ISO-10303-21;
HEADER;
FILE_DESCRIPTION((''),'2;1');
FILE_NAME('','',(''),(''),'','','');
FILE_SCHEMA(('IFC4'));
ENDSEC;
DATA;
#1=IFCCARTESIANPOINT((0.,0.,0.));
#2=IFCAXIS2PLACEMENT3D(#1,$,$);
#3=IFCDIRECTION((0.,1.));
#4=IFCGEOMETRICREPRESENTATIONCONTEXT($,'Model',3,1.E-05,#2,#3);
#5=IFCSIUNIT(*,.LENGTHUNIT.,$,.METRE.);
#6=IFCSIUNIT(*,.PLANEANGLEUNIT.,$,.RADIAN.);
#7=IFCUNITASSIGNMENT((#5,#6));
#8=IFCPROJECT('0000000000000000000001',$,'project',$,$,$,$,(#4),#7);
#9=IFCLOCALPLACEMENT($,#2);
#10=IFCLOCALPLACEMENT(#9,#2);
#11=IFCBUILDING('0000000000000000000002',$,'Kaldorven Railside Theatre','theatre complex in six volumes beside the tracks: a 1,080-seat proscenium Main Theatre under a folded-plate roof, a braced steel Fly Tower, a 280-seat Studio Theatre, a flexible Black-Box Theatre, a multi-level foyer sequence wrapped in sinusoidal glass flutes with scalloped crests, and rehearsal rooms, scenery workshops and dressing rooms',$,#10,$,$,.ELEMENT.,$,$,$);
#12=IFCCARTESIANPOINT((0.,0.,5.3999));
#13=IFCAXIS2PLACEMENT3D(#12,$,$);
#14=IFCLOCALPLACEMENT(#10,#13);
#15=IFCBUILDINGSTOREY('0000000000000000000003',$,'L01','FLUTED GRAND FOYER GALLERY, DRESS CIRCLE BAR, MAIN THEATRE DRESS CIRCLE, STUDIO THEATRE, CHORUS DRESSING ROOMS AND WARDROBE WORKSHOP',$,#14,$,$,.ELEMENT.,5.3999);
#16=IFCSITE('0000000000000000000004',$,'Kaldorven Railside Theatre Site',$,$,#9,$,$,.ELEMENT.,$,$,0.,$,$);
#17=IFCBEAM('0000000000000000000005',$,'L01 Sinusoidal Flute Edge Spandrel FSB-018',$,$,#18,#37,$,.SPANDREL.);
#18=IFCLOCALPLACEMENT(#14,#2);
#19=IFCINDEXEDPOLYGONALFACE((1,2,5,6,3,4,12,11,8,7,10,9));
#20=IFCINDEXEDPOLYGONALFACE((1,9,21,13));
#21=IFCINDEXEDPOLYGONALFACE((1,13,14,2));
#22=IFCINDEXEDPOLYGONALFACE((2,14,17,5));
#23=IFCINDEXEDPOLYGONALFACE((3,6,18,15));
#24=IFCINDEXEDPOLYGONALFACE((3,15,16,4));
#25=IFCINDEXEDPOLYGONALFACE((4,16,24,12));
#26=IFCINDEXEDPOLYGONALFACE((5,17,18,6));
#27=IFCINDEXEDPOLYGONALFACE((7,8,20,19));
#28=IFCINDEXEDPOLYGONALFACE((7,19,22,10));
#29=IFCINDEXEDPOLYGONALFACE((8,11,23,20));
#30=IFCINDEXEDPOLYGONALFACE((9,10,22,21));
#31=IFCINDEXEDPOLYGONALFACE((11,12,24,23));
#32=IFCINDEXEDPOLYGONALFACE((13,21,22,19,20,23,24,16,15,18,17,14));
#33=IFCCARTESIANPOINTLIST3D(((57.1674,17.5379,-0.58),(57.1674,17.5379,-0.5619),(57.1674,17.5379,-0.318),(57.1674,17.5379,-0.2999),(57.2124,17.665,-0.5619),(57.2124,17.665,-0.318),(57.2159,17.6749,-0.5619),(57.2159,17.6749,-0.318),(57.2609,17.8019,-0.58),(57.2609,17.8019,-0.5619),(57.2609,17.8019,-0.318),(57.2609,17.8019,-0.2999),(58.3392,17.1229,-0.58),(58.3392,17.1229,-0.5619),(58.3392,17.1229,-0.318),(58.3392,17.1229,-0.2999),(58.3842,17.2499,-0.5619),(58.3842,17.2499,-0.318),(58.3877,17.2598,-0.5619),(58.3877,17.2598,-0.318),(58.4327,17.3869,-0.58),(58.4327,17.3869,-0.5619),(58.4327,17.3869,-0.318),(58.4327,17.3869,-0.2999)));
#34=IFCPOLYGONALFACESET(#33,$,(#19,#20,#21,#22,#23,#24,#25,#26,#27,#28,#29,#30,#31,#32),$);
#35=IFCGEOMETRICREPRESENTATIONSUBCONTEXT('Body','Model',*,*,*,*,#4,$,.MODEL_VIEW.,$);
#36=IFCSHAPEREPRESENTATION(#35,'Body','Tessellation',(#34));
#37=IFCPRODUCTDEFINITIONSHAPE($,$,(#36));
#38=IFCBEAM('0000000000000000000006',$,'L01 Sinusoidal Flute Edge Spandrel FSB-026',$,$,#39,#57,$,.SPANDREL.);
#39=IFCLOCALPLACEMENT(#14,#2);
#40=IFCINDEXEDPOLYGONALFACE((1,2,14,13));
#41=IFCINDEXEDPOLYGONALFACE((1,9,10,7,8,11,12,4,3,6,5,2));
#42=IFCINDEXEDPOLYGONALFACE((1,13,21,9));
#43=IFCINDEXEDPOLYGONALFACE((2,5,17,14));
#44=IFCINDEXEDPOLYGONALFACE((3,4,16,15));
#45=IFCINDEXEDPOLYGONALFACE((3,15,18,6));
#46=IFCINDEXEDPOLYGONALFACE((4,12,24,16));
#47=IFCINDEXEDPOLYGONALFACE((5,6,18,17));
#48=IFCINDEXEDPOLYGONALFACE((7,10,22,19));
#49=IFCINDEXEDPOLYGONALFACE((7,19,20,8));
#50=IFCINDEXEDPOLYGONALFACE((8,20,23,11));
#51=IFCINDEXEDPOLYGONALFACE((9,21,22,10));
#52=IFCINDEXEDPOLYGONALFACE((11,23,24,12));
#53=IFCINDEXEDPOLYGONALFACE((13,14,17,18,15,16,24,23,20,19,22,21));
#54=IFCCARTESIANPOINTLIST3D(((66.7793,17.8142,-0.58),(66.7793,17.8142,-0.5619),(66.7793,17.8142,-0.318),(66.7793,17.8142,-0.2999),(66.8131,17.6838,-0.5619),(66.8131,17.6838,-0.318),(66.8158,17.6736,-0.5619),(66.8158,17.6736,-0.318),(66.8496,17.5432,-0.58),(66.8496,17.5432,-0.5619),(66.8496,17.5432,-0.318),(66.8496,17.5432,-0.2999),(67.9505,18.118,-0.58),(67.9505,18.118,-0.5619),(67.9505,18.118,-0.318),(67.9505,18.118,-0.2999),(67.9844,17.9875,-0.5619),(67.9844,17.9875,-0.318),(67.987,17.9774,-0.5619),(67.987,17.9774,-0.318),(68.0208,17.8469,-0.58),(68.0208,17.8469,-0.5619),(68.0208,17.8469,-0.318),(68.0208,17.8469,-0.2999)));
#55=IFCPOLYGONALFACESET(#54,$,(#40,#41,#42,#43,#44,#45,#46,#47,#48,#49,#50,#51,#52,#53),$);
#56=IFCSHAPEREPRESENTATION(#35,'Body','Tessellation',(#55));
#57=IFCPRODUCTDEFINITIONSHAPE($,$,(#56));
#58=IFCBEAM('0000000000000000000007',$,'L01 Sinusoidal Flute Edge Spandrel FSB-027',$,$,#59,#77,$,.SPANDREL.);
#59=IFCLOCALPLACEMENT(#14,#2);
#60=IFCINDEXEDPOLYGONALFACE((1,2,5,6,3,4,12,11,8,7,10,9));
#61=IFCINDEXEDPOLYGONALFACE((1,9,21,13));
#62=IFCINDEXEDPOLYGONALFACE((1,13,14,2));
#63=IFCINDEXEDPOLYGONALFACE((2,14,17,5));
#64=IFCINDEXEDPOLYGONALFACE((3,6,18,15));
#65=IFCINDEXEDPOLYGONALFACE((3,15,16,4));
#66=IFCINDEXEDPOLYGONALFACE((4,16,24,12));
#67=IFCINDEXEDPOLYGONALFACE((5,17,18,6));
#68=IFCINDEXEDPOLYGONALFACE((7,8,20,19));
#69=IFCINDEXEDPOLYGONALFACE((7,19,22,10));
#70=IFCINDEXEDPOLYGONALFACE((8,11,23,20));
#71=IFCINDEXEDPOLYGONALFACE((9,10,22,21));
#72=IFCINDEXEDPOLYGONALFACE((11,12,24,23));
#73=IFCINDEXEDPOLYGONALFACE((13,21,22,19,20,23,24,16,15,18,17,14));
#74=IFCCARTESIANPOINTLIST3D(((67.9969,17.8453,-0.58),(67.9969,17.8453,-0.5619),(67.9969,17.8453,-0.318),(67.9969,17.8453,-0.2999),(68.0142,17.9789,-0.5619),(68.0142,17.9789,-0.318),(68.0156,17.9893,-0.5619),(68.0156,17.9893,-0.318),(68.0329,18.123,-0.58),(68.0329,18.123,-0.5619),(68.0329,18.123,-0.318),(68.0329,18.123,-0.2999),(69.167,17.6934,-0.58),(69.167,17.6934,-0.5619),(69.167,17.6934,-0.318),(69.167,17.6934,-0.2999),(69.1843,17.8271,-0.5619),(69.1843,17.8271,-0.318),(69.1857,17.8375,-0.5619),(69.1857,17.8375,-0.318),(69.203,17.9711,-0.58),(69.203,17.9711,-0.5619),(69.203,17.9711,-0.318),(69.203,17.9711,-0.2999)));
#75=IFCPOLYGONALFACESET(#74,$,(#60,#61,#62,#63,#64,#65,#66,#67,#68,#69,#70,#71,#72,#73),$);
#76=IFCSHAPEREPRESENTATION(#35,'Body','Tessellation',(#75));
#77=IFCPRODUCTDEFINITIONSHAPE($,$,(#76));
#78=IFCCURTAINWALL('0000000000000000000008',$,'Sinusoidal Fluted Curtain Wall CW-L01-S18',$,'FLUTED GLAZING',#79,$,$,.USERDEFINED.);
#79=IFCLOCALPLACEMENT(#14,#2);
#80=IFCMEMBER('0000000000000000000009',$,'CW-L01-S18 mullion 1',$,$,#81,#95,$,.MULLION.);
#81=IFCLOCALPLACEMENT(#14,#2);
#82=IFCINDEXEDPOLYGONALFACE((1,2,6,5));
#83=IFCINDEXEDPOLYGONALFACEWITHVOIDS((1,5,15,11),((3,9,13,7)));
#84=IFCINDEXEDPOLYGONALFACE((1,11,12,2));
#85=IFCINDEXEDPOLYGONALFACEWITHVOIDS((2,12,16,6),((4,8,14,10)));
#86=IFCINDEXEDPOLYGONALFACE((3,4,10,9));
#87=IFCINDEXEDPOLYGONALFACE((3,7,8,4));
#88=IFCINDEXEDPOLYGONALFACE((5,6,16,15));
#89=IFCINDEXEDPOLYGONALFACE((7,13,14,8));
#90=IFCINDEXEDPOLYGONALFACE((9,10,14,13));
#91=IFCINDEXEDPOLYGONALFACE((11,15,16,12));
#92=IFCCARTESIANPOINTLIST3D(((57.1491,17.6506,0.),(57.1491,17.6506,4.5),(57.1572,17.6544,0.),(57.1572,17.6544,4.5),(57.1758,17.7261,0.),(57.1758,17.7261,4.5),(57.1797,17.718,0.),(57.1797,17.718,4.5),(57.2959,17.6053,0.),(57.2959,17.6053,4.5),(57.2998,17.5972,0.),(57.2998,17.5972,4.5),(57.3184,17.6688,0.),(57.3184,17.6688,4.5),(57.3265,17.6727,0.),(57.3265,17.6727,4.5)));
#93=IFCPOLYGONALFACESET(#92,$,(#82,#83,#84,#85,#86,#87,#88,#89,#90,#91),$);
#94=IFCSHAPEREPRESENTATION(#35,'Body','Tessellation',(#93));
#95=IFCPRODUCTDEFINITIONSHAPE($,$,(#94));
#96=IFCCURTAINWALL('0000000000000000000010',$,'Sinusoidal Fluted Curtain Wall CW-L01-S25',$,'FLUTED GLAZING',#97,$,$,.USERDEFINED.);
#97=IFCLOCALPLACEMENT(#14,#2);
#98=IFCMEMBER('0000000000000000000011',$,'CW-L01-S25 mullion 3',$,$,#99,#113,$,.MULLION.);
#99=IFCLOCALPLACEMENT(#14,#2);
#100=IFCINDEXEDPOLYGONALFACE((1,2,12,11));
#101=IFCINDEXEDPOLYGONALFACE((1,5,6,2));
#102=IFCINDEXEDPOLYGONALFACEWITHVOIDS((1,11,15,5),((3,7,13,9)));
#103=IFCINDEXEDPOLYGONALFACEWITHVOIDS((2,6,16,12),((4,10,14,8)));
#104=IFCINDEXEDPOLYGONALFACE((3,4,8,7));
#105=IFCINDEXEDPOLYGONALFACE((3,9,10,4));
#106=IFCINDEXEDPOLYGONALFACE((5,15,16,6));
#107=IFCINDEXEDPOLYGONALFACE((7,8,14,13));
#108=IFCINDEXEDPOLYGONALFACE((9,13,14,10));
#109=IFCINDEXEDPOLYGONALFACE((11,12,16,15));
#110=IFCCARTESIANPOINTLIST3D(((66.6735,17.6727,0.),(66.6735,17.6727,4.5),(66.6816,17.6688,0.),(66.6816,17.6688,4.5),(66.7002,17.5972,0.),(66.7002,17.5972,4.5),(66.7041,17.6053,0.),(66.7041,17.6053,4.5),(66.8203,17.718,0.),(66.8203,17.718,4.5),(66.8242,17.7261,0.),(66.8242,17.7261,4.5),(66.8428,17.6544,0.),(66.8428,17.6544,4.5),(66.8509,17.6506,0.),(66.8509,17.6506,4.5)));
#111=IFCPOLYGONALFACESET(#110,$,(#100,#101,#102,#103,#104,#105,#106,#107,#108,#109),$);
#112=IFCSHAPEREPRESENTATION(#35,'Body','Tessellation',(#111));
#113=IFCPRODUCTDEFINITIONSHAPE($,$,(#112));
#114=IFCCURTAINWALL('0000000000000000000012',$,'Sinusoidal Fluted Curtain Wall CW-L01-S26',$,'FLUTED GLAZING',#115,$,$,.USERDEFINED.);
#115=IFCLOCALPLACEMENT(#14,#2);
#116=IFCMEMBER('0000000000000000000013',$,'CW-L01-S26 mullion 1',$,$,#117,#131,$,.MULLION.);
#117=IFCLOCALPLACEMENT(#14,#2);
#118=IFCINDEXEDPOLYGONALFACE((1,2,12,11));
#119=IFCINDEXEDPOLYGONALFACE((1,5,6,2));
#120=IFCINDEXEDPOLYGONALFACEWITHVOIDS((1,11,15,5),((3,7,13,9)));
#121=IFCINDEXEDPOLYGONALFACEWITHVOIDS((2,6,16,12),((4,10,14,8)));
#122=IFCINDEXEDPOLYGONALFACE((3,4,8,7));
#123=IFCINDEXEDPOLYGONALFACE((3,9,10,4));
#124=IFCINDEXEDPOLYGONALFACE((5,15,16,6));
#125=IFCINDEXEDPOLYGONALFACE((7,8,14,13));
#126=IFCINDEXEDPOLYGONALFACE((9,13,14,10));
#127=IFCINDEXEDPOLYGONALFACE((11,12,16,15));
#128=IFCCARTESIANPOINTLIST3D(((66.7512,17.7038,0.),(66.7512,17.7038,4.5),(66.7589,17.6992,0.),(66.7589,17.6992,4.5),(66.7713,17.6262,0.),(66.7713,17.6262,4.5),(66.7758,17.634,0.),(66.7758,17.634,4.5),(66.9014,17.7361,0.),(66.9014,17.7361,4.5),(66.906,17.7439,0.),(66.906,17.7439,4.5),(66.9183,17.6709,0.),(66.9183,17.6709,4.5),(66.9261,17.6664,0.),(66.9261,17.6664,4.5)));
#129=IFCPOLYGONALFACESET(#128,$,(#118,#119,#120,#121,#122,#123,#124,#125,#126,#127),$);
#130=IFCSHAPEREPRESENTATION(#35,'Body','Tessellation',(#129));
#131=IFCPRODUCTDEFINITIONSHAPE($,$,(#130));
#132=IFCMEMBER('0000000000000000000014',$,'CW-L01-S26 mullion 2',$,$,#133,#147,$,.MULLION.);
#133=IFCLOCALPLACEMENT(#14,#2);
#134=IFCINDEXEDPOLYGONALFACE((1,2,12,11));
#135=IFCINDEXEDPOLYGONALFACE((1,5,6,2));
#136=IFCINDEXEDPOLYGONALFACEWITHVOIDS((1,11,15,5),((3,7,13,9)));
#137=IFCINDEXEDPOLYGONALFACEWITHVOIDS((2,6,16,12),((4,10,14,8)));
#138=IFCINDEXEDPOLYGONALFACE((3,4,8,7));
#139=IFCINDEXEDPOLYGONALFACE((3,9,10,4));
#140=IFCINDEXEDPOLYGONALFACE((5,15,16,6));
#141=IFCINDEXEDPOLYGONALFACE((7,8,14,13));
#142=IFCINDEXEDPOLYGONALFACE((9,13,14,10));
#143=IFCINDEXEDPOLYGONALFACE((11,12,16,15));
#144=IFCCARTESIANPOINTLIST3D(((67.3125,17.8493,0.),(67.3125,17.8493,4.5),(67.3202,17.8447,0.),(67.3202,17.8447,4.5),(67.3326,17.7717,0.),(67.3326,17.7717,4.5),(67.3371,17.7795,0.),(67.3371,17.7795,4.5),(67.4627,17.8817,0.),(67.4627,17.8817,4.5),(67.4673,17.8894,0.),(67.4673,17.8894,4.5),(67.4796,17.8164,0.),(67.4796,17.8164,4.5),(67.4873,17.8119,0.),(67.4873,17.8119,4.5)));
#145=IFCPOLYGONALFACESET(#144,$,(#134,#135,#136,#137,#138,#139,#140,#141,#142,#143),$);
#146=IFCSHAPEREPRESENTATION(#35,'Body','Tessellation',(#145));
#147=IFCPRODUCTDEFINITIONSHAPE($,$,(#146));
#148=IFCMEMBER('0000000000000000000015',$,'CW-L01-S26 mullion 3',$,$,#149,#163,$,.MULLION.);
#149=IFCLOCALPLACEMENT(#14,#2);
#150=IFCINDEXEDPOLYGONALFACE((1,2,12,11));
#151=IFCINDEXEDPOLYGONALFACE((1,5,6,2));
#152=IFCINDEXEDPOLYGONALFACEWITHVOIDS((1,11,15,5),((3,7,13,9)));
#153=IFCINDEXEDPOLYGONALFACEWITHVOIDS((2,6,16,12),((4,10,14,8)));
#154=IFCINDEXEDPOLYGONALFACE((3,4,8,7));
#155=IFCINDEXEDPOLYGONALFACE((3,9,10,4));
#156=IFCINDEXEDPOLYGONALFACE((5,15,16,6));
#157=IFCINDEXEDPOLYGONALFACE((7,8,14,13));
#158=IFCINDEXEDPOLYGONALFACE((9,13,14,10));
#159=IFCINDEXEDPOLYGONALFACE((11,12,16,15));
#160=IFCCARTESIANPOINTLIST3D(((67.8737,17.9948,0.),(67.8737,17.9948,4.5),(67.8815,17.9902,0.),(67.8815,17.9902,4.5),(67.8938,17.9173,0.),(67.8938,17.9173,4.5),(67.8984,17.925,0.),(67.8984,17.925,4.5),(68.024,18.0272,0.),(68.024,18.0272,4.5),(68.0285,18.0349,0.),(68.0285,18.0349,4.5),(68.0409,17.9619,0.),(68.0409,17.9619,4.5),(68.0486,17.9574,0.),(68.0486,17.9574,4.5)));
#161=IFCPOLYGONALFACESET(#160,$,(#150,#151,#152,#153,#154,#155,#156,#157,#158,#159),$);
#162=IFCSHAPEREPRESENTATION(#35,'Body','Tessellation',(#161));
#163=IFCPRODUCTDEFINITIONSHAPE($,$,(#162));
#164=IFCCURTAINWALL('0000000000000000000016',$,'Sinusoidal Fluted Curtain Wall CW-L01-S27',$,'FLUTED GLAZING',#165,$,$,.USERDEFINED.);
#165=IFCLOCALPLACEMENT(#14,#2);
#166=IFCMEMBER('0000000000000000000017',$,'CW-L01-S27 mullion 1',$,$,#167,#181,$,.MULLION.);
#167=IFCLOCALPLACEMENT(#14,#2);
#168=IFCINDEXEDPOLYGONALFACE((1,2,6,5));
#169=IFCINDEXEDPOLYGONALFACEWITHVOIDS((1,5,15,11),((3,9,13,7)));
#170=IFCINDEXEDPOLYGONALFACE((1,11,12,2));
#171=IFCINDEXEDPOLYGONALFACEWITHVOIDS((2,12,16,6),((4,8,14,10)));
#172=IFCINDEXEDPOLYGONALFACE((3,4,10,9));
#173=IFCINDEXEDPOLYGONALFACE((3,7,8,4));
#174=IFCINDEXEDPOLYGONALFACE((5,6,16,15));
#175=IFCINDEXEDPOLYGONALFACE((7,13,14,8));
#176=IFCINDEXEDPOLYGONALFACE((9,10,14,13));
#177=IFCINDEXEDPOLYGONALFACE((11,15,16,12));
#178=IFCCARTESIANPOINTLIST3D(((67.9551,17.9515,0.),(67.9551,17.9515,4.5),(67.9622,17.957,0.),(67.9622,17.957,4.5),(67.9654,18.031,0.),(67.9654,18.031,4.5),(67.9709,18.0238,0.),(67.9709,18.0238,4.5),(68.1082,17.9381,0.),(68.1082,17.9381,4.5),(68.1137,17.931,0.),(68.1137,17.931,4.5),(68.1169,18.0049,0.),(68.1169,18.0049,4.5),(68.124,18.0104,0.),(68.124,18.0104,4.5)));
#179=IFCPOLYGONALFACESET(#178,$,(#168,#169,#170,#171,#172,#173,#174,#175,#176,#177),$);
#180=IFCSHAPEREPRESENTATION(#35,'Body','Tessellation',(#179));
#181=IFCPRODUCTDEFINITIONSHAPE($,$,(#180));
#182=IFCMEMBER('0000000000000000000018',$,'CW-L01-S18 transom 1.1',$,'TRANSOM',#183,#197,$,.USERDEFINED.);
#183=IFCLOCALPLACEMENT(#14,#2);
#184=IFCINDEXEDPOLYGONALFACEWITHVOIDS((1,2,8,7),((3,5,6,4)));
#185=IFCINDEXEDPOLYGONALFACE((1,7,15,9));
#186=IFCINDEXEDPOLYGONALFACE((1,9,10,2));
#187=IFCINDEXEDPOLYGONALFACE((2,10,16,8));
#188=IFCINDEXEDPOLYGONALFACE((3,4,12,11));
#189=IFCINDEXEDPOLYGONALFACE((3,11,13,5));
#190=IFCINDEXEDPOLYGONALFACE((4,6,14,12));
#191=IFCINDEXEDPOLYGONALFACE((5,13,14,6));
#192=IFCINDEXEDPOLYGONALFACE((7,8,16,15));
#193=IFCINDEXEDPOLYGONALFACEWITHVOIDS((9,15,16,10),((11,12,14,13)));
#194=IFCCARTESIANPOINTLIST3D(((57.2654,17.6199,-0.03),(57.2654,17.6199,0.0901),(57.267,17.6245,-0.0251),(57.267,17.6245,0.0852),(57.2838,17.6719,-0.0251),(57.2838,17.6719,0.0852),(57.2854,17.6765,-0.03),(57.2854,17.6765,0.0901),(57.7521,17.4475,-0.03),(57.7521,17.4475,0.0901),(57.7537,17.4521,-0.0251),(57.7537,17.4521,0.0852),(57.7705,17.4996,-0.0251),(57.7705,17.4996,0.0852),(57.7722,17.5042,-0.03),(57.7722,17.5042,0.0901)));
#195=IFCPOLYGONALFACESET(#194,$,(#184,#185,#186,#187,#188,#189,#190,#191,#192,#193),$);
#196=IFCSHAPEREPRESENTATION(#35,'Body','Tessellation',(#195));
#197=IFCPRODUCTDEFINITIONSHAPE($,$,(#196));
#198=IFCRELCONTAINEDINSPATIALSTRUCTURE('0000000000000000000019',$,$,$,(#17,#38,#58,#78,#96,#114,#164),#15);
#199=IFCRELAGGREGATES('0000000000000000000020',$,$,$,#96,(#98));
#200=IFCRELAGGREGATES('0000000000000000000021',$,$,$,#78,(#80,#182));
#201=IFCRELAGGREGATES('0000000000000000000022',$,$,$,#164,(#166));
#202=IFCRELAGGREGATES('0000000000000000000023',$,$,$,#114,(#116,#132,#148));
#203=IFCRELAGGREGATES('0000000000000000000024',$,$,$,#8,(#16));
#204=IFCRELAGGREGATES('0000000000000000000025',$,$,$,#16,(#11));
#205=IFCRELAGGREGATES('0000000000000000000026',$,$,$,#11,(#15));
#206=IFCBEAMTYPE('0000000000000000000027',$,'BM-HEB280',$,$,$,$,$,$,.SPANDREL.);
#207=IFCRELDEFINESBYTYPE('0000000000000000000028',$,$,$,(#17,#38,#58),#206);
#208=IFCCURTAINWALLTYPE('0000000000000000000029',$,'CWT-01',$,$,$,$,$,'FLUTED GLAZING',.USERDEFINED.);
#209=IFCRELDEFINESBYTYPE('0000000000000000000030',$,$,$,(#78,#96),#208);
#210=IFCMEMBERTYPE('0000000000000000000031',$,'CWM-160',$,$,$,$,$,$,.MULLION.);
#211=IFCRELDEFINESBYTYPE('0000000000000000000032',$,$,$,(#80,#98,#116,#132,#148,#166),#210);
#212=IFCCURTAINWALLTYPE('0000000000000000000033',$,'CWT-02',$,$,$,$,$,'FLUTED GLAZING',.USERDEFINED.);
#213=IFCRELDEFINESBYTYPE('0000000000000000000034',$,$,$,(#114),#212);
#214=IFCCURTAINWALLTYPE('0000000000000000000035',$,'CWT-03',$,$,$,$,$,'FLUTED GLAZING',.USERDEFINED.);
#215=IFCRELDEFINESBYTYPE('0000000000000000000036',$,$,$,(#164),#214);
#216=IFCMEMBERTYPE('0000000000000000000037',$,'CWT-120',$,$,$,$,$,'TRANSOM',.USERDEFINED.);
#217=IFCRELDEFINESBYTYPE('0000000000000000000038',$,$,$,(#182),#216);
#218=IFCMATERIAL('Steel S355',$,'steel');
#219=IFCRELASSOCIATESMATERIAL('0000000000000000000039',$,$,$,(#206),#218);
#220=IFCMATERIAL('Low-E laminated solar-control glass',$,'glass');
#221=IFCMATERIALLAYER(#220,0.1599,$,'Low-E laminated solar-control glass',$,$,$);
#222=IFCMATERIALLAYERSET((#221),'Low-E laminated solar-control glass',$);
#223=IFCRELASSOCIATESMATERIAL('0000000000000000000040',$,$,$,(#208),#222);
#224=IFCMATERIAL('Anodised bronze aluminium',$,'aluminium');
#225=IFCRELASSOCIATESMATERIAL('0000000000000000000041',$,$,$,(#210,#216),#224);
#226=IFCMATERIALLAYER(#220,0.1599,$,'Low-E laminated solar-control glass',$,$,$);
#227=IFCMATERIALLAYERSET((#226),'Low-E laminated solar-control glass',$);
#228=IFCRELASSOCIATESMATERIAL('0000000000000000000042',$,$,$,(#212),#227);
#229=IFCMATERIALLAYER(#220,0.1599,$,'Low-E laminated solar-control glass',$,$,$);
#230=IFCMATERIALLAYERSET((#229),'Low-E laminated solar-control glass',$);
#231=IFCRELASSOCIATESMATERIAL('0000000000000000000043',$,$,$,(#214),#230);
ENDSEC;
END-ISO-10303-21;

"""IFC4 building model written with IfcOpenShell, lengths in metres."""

from ifc_helpers import new_model, si_unit, direction, frame, origin, origin_2d, place, context, subcontext, project, spatial, hollow_rectangle, i_section, extrude, material, layer, layer_set, material_profile, profile_set, type_object, element, aggregate, save


model = new_model("IFC4")

# Units and contexts
model_context = context("Model", 3, precision=1e-05, world=origin(), true_north=direction((0.0, 1.0)))
body_context = subcontext(model_context, "Body", "Model", "MODEL_VIEW")
ifc_project = project(units=[si_unit("LENGTHUNIT", "METRE"), si_unit("PLANEANGLEUNIT", "RADIAN")], contexts=[model_context])

# Site, building, storey
site_placement = place(None, origin())
site = spatial("IfcSite", under=ifc_project, at=site_placement, Name="Kaldorven Railside Theatre Site", CompositionType="ELEMENT", RefElevation=0.0)
building_placement = place(site_placement, origin())
building = spatial("IfcBuilding", under=site, at=building_placement, Name="Kaldorven Railside Theatre", Description="theatre complex in six volumes beside the tracks: a 1,080-seat proscenium Main Theatre under a folded-plate roof, a braced steel Fly Tower, a 280-seat Studio Theatre, a flexible Black-Box Theatre, a multi-level foyer sequence wrapped in sinusoidal glass flutes with scalloped crests, and rehearsal rooms, scenery workshops and dressing rooms", CompositionType="ELEMENT")
storey_placement = place(building_placement, frame((0.0, 0.0, 5.3999)))
storey = spatial("IfcBuildingStorey", under=building, at=storey_placement, Name="L01", Description="FLUTED GRAND FOYER GALLERY, DRESS CIRCLE BAR, MAIN THEATRE DRESS CIRCLE, STUDIO THEATRE, CHORUS DRESSING ROOMS AND WARDROBE WORKSHOP", CompositionType="ELEMENT", Elevation=5.3999)

# Beams
ifc_material_1 = material(Name="Steel S355", Category="steel")
ifc_material_profile_1 = material_profile(ifc_material_1, i_section(OverallWidth=0.28, OverallDepth=0.28, WebThickness=0.0105, FlangeThickness=0.0181, at=origin_2d()), Name="HEB 280")
ifc_profile_set_1 = profile_set([ifc_material_profile_1], Name="Steel S355")
beam_type = type_object("IfcBeamType", Name="BM-HEB280", PredefinedType="SPANDREL", material=ifc_profile_set_1)
beam_1_placement = place(storey_placement, frame((57.2141, 17.6699, -0.4399), z_axis=(0.942627, -0.333847, 0.0), x_axis=(0.333847, 0.942627, 0.0)))
element("IfcBeam", 1, at=beam_1_placement, inside=storey, type_object=beam_type, Name="L01 Sinusoidal Flute Edge Spandrel FSB-018", PredefinedType="SPANDREL", context=body_context, shape_type="SweptSolid", body=[
    extrude(i_section(OverallWidth=0.28, OverallDepth=0.28, WebThickness=0.0105, FlangeThickness=0.0181, at=origin_2d()), origin(), (0.0, 0.0, 1.0), 1.2432),
])
beam_2_placement = place(storey_placement, frame((66.8145, 17.6787, -0.4399), z_axis=(0.967981, 0.251025, 0.0), x_axis=(-0.251025, 0.967981, 0.0)))
element("IfcBeam", 2, at=beam_2_placement, inside=storey, type_object=beam_type, Name="L01 Sinusoidal Flute Edge Spandrel FSB-026", PredefinedType="SPANDREL", context=body_context, shape_type="SweptSolid", body=[
    extrude(i_section(OverallWidth=0.28, OverallDepth=0.28, WebThickness=0.0105, FlangeThickness=0.0181, at=origin_2d()), origin(), (0.0, 0.0, 1.0), 1.21),
])
beam_3_placement = place(storey_placement, frame((68.0149, 17.9841, -0.4399), z_axis=(0.991684, -0.128693, 0.0), x_axis=(0.128693, 0.991684, 0.0)))
element("IfcBeam", 3, at=beam_3_placement, inside=storey, type_object=beam_type, Name="L01 Sinusoidal Flute Edge Spandrel FSB-027", PredefinedType="SPANDREL", context=body_context, shape_type="SweptSolid", body=[
    extrude(i_section(OverallWidth=0.28, OverallDepth=0.28, WebThickness=0.0105, FlangeThickness=0.0181, at=origin_2d()), origin(), (0.0, 0.0, 1.0), 1.1799),
])

# Curtain walls, members
ifc_material_2 = material(Name="Low-E laminated solar-control glass", Category="glass")
ifc_layer_1 = layer(ifc_material_2, 0.1599, Name="Low-E laminated solar-control glass")
ifc_layer_set_1 = layer_set([ifc_layer_1], Name="Low-E laminated solar-control glass")
curtain_wall_type_1 = type_object("IfcCurtainWallType", Name="CWT-01", ElementType="FLUTED GLAZING", PredefinedType="USERDEFINED", material=ifc_layer_set_1)
curtain_wall_1_placement = place(storey_placement, origin())
curtain_wall_1 = element("IfcCurtainWall", 4, at=curtain_wall_1_placement, inside=storey, type_object=curtain_wall_type_1, Name="Sinusoidal Fluted Curtain Wall CW-L01-S18", ObjectType="FLUTED GLAZING", PredefinedType="USERDEFINED")
ifc_material_3 = material(Name="Anodised bronze aluminium", Category="aluminium")
ifc_material_profile_2 = material_profile(ifc_material_3, hollow_rectangle(XDim=0.0801, YDim=0.1599, WallThickness=0.0063, at=origin_2d()), Name="RHS 160x80x6.3")
ifc_profile_set_2 = profile_set([ifc_material_profile_2], Name="Anodised bronze aluminium")
member_type_1 = type_object("IfcMemberType", Name="CWM-160", PredefinedType="MULLION", material=ifc_profile_set_2)
member_1_placement = place(storey_placement, frame((57.2378, 17.6616, 0.0), z_axis=(0.0, 0.0, 1.0), x_axis=(0.333847, 0.942627, 0.0)))
member_1 = element("IfcMember", 5, at=member_1_placement, type_object=member_type_1, Name="CW-L01-S18 mullion 1", PredefinedType="MULLION", context=body_context, shape_type="SweptSolid", body=[
    extrude(hollow_rectangle(XDim=0.0801, YDim=0.1599, WallThickness=0.0063, at=origin_2d()), origin(), (0.0, 0.0, 1.0), 4.5),
])
curtain_wall_2_placement = place(storey_placement, origin())
curtain_wall_2 = element("IfcCurtainWall", 6, at=curtain_wall_2_placement, inside=storey, type_object=curtain_wall_type_1, Name="Sinusoidal Fluted Curtain Wall CW-L01-S25", ObjectType="FLUTED GLAZING", PredefinedType="USERDEFINED")
member_2_placement = place(storey_placement, frame((66.7622, 17.6616, 0.0), z_axis=(0.0, 0.0, 1.0), x_axis=(-0.333847, 0.942627, 0.0)))
member_2 = element("IfcMember", 7, at=member_2_placement, type_object=member_type_1, Name="CW-L01-S25 mullion 3", PredefinedType="MULLION", context=body_context, shape_type="SweptSolid", body=[
    extrude(hollow_rectangle(XDim=0.0801, YDim=0.1599, WallThickness=0.0063, at=origin_2d()), origin(), (0.0, 0.0, 1.0), 4.5),
])
aggregate(curtain_wall_2, [member_2])

# Curtain wall, members
ifc_layer_2 = layer(ifc_material_2, 0.1599, Name="Low-E laminated solar-control glass")
ifc_layer_set_2 = layer_set([ifc_layer_2], Name="Low-E laminated solar-control glass")
curtain_wall_type_2 = type_object("IfcCurtainWallType", Name="CWT-02", ElementType="FLUTED GLAZING", PredefinedType="USERDEFINED", material=ifc_layer_set_2)
curtain_wall_3_placement = place(storey_placement, origin())
curtain_wall_3 = element("IfcCurtainWall", 8, at=curtain_wall_3_placement, inside=storey, type_object=curtain_wall_type_2, Name="Sinusoidal Fluted Curtain Wall CW-L01-S26", ObjectType="FLUTED GLAZING", PredefinedType="USERDEFINED")
member_3_placement = place(storey_placement, frame((66.8386, 17.6851, 0.0), z_axis=(0.0, 0.0, 1.0), x_axis=(-0.250954, 0.967999, 0.0)))
member_3 = element("IfcMember", 9, at=member_3_placement, type_object=member_type_1, Name="CW-L01-S26 mullion 1", PredefinedType="MULLION", context=body_context, shape_type="SweptSolid", body=[
    extrude(hollow_rectangle(XDim=0.0801, YDim=0.1599, WallThickness=0.0063, at=origin_2d()), origin(), (0.0, 0.0, 1.0), 4.5),
])
member_4_placement = place(storey_placement, frame((67.3999, 17.8306, 0.0), z_axis=(0.0, 0.0, 1.0), x_axis=(-0.250954, 0.967999, 0.0)))
member_4 = element("IfcMember", 10, at=member_4_placement, type_object=member_type_1, Name="CW-L01-S26 mullion 2", PredefinedType="MULLION", context=body_context, shape_type="SweptSolid", body=[
    extrude(hollow_rectangle(XDim=0.0801, YDim=0.1599, WallThickness=0.0063, at=origin_2d()), origin(), (0.0, 0.0, 1.0), 4.5),
])
member_5_placement = place(storey_placement, frame((67.9612, 17.9761, 0.0), z_axis=(0.0, 0.0, 1.0), x_axis=(-0.250954, 0.967999, 0.0)))
member_5 = element("IfcMember", 11, at=member_5_placement, type_object=member_type_1, Name="CW-L01-S26 mullion 3", PredefinedType="MULLION", context=body_context, shape_type="SweptSolid", body=[
    extrude(hollow_rectangle(XDim=0.0801, YDim=0.1599, WallThickness=0.0063, at=origin_2d()), origin(), (0.0, 0.0, 1.0), 4.5),
])

# Curtain wall, member
ifc_layer_3 = layer(ifc_material_2, 0.1599, Name="Low-E laminated solar-control glass")
ifc_layer_set_3 = layer_set([ifc_layer_3], Name="Low-E laminated solar-control glass")
curtain_wall_type_3 = type_object("IfcCurtainWallType", Name="CWT-03", ElementType="FLUTED GLAZING", PredefinedType="USERDEFINED", material=ifc_layer_set_3)
curtain_wall_4_placement = place(storey_placement, origin())
curtain_wall_4 = element("IfcCurtainWall", 12, at=curtain_wall_4_placement, inside=storey, type_object=curtain_wall_type_3, Name="Sinusoidal Fluted Curtain Wall CW-L01-S27", ObjectType="FLUTED GLAZING", PredefinedType="USERDEFINED")
member_6_placement = place(storey_placement, frame((68.0396, 17.981, 0.0), z_axis=(0.0, 0.0, 1.0), x_axis=(0.128753, 0.991677, 0.0)))
member_6 = element("IfcMember", 13, at=member_6_placement, type_object=member_type_1, Name="CW-L01-S27 mullion 1", PredefinedType="MULLION", context=body_context, shape_type="SweptSolid", body=[
    extrude(hollow_rectangle(XDim=0.0801, YDim=0.1599, WallThickness=0.0063, at=origin_2d()), origin(), (0.0, 0.0, 1.0), 4.5),
])

# Member
ifc_material_profile_3 = material_profile(ifc_material_3, hollow_rectangle(XDim=0.0601, YDim=0.1201, WallThickness=0.0049, at=origin_2d()), Name="RHS 120x60x5")
ifc_profile_set_3 = profile_set([ifc_material_profile_3], Name="Anodised bronze aluminium")
member_type_2 = type_object("IfcMemberType", Name="CWT-120", ElementType="TRANSOM", PredefinedType="USERDEFINED", material=ifc_profile_set_3)
member_7_placement = place(storey_placement, frame((57.2754, 17.6482, 0.03), z_axis=(0.942658, -0.33376, 0.0), x_axis=(0.33376, 0.942658, 0.0)))
member_7 = element("IfcMember", 14, at=member_7_placement, type_object=member_type_2, Name="CW-L01-S18 transom 1.1", ObjectType="TRANSOM", PredefinedType="USERDEFINED", context=body_context, shape_type="SweptSolid", body=[
    extrude(hollow_rectangle(XDim=0.0601, YDim=0.1201, WallThickness=0.0049, at=origin_2d()), origin(), (0.0, 0.0, 1.0), 0.5164),
])
aggregate(curtain_wall_1, [member_1, member_7])
aggregate(curtain_wall_4, [member_6])

aggregate(curtain_wall_3, [member_3, member_4, member_5])

save(model, "model.ifc")
